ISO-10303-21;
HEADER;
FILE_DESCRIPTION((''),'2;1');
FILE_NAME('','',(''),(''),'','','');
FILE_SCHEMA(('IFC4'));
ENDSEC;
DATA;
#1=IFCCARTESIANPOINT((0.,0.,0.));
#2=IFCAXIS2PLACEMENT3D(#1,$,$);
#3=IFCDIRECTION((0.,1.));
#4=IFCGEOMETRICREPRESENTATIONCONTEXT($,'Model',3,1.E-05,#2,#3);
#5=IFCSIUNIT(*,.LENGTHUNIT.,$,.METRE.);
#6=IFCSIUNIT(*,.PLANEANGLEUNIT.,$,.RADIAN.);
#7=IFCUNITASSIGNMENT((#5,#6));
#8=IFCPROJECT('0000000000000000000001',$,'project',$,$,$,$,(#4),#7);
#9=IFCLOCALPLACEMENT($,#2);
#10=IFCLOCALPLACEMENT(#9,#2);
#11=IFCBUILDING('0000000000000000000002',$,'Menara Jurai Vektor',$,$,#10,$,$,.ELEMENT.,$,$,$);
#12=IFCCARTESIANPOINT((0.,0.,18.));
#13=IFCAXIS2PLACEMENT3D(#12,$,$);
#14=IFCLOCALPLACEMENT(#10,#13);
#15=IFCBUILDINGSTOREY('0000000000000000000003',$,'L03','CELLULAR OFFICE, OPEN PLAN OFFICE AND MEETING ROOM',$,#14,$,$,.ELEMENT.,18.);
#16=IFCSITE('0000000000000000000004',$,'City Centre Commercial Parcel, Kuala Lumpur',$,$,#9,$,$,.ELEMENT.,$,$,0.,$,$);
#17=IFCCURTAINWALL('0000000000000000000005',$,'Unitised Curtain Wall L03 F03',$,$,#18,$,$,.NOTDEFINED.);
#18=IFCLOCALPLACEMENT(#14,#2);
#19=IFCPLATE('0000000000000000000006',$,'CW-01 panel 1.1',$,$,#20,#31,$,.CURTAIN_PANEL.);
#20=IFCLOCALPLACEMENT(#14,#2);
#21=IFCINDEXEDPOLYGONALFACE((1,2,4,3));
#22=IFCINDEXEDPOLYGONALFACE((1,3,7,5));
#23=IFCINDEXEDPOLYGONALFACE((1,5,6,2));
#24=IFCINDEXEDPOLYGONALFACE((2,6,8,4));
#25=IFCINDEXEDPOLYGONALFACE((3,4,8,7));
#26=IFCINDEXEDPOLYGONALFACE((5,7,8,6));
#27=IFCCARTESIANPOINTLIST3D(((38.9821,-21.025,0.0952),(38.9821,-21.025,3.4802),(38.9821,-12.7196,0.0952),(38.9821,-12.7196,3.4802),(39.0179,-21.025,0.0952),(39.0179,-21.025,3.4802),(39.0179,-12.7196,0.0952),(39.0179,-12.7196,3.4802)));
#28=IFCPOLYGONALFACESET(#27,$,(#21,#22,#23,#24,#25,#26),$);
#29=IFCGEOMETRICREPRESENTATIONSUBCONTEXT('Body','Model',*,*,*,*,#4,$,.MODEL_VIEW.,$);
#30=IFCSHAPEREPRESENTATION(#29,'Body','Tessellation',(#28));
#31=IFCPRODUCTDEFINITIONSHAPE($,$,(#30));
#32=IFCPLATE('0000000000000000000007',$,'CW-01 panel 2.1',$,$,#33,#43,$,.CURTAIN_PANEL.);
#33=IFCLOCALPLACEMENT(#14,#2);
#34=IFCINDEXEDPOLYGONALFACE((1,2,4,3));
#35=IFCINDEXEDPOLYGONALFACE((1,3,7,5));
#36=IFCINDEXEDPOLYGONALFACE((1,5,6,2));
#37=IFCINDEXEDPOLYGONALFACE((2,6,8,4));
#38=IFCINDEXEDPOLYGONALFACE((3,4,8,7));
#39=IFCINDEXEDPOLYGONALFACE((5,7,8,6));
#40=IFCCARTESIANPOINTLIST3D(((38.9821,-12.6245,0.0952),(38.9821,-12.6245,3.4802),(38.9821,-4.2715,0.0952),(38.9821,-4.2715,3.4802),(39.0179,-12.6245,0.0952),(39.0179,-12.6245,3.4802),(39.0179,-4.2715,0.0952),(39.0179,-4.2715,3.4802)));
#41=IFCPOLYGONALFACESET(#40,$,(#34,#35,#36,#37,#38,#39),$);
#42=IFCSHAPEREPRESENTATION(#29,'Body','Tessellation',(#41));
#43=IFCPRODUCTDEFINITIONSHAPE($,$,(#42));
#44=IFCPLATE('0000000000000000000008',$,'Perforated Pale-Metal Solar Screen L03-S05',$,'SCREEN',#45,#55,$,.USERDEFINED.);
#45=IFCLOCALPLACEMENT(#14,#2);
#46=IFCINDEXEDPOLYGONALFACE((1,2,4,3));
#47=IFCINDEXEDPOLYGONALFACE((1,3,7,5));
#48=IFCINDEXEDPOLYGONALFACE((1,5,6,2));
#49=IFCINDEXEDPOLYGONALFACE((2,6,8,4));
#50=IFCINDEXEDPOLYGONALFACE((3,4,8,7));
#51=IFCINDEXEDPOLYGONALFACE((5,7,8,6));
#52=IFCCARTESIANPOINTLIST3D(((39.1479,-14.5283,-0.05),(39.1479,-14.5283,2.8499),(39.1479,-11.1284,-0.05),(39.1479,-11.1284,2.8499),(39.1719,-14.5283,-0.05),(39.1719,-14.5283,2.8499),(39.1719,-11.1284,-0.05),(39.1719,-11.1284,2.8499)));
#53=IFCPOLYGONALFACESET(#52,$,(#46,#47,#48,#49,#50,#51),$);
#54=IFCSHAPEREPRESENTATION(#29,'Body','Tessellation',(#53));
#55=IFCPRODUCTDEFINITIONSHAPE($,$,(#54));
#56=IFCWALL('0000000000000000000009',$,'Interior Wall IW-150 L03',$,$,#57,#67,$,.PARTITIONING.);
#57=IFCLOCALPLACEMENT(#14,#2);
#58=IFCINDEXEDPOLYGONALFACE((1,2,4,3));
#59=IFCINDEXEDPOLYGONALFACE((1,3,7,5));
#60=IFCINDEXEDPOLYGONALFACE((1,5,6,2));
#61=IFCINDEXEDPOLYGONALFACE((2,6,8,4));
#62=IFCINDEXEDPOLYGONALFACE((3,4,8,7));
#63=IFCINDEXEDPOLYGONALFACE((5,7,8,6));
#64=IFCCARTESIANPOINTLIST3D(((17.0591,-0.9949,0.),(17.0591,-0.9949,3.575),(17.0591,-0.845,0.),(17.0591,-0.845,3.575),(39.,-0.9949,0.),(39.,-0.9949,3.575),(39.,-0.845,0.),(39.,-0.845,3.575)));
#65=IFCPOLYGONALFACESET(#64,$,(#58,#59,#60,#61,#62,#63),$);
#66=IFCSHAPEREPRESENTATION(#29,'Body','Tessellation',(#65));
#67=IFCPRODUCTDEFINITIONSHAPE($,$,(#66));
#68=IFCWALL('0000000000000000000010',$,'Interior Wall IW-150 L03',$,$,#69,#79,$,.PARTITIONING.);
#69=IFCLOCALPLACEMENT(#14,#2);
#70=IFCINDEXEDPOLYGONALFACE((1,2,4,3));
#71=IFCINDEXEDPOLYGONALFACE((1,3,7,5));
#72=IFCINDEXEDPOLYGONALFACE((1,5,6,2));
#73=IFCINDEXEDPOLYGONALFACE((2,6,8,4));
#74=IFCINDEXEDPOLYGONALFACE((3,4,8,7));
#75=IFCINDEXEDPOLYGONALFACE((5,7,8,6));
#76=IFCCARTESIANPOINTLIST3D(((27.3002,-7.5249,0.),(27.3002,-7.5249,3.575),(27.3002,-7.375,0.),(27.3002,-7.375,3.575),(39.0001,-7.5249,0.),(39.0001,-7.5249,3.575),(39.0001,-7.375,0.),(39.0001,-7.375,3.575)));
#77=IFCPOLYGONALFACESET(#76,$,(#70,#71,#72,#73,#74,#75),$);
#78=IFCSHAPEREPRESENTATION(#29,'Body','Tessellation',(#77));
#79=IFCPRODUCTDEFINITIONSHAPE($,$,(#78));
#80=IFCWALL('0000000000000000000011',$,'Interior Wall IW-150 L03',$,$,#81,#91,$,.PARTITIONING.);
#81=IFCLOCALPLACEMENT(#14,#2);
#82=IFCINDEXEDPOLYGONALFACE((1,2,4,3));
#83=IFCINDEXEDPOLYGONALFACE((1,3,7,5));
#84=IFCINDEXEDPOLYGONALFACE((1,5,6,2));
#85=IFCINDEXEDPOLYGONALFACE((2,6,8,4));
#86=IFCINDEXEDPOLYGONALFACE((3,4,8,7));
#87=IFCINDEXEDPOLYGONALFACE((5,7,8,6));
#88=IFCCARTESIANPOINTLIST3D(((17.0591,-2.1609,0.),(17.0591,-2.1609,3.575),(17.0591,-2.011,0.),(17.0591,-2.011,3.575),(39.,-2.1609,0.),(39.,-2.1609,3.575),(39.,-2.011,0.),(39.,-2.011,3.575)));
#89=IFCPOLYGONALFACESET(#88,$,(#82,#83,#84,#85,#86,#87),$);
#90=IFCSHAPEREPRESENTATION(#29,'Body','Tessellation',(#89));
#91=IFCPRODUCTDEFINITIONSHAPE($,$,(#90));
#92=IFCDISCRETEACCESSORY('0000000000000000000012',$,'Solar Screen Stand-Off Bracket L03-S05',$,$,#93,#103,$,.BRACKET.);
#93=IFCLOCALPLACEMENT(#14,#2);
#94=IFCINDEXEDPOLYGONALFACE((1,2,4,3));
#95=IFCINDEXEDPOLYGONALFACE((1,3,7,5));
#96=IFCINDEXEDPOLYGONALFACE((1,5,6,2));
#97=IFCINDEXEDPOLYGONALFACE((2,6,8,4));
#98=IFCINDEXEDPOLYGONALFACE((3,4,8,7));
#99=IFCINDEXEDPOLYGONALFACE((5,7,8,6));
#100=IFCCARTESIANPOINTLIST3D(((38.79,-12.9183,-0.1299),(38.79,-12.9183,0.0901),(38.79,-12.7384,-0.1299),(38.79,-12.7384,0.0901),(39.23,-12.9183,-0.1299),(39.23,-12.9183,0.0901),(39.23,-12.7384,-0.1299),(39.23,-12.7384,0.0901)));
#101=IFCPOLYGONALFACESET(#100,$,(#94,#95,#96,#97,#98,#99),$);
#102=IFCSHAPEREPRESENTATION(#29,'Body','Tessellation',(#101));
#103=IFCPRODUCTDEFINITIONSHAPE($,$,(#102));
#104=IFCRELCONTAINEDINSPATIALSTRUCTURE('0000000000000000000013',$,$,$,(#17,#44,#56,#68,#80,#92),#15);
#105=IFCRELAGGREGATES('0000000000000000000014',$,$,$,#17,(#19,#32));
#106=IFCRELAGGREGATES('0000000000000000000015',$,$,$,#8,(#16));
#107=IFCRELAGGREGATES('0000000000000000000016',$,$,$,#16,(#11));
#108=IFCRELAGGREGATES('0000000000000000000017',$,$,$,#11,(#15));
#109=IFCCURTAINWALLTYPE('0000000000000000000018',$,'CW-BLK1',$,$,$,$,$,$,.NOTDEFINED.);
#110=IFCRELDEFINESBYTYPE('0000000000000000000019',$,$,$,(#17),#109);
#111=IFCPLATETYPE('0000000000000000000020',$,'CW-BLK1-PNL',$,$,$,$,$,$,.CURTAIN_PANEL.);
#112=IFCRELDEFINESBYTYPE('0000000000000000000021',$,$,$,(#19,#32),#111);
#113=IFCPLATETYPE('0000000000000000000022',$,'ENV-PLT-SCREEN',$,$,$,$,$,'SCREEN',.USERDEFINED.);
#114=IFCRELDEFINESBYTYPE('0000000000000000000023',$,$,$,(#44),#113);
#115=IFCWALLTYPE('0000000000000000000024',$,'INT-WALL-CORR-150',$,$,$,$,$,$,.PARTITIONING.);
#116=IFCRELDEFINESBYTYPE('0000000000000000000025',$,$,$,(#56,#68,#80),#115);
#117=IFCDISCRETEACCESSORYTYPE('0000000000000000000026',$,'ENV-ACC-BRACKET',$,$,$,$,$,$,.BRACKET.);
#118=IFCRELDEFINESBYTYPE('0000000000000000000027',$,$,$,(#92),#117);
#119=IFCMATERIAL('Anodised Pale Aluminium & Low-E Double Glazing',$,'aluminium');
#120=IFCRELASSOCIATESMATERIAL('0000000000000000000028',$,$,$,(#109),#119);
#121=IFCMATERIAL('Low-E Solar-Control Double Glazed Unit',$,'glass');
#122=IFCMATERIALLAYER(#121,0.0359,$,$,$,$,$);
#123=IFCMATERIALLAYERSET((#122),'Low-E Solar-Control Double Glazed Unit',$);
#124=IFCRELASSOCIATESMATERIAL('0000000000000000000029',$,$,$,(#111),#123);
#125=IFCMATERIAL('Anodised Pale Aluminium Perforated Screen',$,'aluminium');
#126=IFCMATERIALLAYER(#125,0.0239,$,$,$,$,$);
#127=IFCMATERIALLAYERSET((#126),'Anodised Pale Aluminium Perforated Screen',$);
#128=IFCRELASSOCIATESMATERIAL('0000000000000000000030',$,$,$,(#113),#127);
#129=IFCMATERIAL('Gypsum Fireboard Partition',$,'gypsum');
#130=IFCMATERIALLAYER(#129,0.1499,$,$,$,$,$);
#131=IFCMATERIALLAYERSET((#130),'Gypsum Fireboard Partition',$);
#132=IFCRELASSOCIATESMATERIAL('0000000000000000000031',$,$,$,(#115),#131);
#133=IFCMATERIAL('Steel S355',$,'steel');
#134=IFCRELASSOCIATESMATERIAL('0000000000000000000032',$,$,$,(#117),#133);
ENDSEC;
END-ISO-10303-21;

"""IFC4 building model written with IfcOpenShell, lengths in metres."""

from ifc_helpers import new_model, si_unit, direction, frame, frame_2d, origin, origin_2d, place, context, subcontext, project, spatial, rectangle, extrude, material, layer, layer_set, type_object, element, aggregate, save


model = new_model("IFC4")

# Units and contexts
model_context = context("Model", 3, precision=1e-05, world=origin(), true_north=direction((0.0, 1.0)))
body_context = subcontext(model_context, "Body", "Model", "MODEL_VIEW")
ifc_project = project(units=[si_unit("LENGTHUNIT", "METRE"), si_unit("PLANEANGLEUNIT", "RADIAN")], contexts=[model_context])

# Site, building, storey
site_placement = place(None, origin())
site = spatial("IfcSite", under=ifc_project, at=site_placement, Name="City Centre Commercial Parcel, Kuala Lumpur", CompositionType="ELEMENT", RefElevation=0.0)
building_placement = place(site_placement, origin())
building = spatial("IfcBuilding", under=site, at=building_placement, Name="Menara Jurai Vektor", CompositionType="ELEMENT")
storey_placement = place(building_placement, frame((0.0, 0.0, 18.0)))
storey = spatial("IfcBuildingStorey", under=building, at=storey_placement, Name="L03", Description="CELLULAR OFFICE, OPEN PLAN OFFICE AND MEETING ROOM", CompositionType="ELEMENT", Elevation=18.0)

# Curtain wall
ifc_material_1 = material(Name="Anodised Pale Aluminium & Low-E Double Glazing", Category="aluminium")
curtain_wall_type = type_object("IfcCurtainWallType", Name="CW-BLK1", PredefinedType="NOTDEFINED", material=ifc_material_1)
curtain_wall_placement = place(storey_placement, origin())
curtain_wall = element("IfcCurtainWall", 1, at=curtain_wall_placement, inside=storey, type_object=curtain_wall_type, Name="Unitised Curtain Wall L03 F03", PredefinedType="NOTDEFINED")

# Shared definitions
ifc_material_2 = material(Name="Steel S355", Category="steel")

# Plates
ifc_material_3 = material(Name="Low-E Solar-Control Double Glazed Unit", Category="glass")
ifc_layer_1 = layer(ifc_material_3, 0.0359)
ifc_layer_set_1 = layer_set([ifc_layer_1], Name="Low-E Solar-Control Double Glazed Unit")
plate_type_1 = type_object("IfcPlateType", Name="CW-BLK1-PNL", PredefinedType="CURTAIN_PANEL", material=ifc_layer_set_1)
plate_1_placement = place(storey_placement, frame((39.0, -16.8723, 0.0952), z_axis=(0.0, 0.0, 1.0), x_axis=(0.0, 1.0, 0.0)))
plate_1 = element("IfcPlate", 2, at=plate_1_placement, type_object=plate_type_1, Name="CW-01 panel 1.1", PredefinedType="CURTAIN_PANEL", context=body_context, shape_type="SweptSolid", body=[
    extrude(rectangle(XDim=8.3054, YDim=0.0359, at=origin_2d()), origin(), (0.0, 0.0, 1.0), 3.385),
])
plate_2_placement = place(storey_placement, frame((39.0, -8.448, 0.0952), z_axis=(0.0, 0.0, 1.0), x_axis=(0.0, 1.0, 0.0)))
plate_2 = element("IfcPlate", 3, at=plate_2_placement, type_object=plate_type_1, Name="CW-01 panel 2.1", PredefinedType="CURTAIN_PANEL", context=body_context, shape_type="SweptSolid", body=[
    extrude(rectangle(XDim=8.353, YDim=0.0359, at=origin_2d()), origin(), (0.0, 0.0, 1.0), 3.385),
])
aggregate(curtain_wall, [plate_1, plate_2])
ifc_material_4 = material(Name="Anodised Pale Aluminium Perforated Screen", Category="aluminium")
ifc_layer_2 = layer(ifc_material_4, 0.0239)
ifc_layer_set_2 = layer_set([ifc_layer_2], Name="Anodised Pale Aluminium Perforated Screen")
plate_type_2 = type_object("IfcPlateType", Name="ENV-PLT-SCREEN", ElementType="SCREEN", PredefinedType="USERDEFINED", material=ifc_layer_set_2)
plate_3_placement = place(storey_placement, frame((39.1599, -12.8284, -0.05), z_axis=(0.0, 0.0, 1.0), x_axis=(0.0, 1.0, 0.0)))
element("IfcPlate", 4, at=plate_3_placement, inside=storey, type_object=plate_type_2, Name="Perforated Pale-Metal Solar Screen L03-S05", ObjectType="SCREEN", PredefinedType="USERDEFINED", context=body_context, shape_type="SweptSolid", body=[
    extrude(rectangle(XDim=3.3999, YDim=0.0239, at=origin_2d()), origin(), (0.0, 0.0, 1.0), 2.8999),
])

# Walls
ifc_material_5 = material(Name="Gypsum Fireboard Partition", Category="gypsum")
ifc_layer_3 = layer(ifc_material_5, 0.1499)
ifc_layer_set_3 = layer_set([ifc_layer_3], Name="Gypsum Fireboard Partition")
wall_type = type_object("IfcWallType", Name="INT-WALL-CORR-150", PredefinedType="PARTITIONING", material=ifc_layer_set_3)
wall_1_placement = place(storey_placement, frame((17.0591, -0.9199, 0.0), z_axis=(0.0, 0.0, 1.0), x_axis=(1.0, 0.0, 0.0)))
element("IfcWall", 5, at=wall_1_placement, inside=storey, type_object=wall_type, Name="Interior Wall IW-150 L03", PredefinedType="PARTITIONING", context=body_context, shape_type="SweptSolid", body=[
    extrude(rectangle(XDim=21.9409, YDim=0.1499, at=frame_2d((10.9705, 0.0))), origin(), (0.0, 0.0, 1.0), 3.575),
])
wall_2_placement = place(storey_placement, frame((27.3, -7.45, 0.0), z_axis=(0.0, 0.0, 1.0), x_axis=(1.0, 0.0, 0.0)))
element("IfcWall", 6, at=wall_2_placement, inside=storey, type_object=wall_type, Name="Interior Wall IW-150 L03", PredefinedType="PARTITIONING", context=body_context, shape_type="SweptSolid", body=[
    extrude(rectangle(XDim=11.7, YDim=0.1499, at=frame_2d((5.8501, 0.0))), origin(), (0.0, 0.0, 1.0), 3.575),
])
wall_3_placement = place(storey_placement, frame((17.0591, -2.0859, 0.0), z_axis=(0.0, 0.0, 1.0), x_axis=(1.0, 0.0, 0.0)))
element("IfcWall", 7, at=wall_3_placement, inside=storey, type_object=wall_type, Name="Interior Wall IW-150 L03", PredefinedType="PARTITIONING", context=body_context, shape_type="SweptSolid", body=[
    extrude(rectangle(XDim=21.9409, YDim=0.1499, at=frame_2d((10.9705, 0.0))), origin(), (0.0, 0.0, 1.0), 3.575),
])

# Discrete accessory
discrete_accessory_type = type_object("IfcDiscreteAccessoryType", Name="ENV-ACC-BRACKET", PredefinedType="BRACKET", material=ifc_material_2)
discrete_accessory_placement = place(storey_placement, frame((39.01, -12.8284, -0.1299), z_axis=(0.0, 0.0, 1.0), x_axis=(0.0, 1.0, 0.0)))
element("IfcDiscreteAccessory", 8, at=discrete_accessory_placement, inside=storey, type_object=discrete_accessory_type, Name="Solar Screen Stand-Off Bracket L03-S05", PredefinedType="BRACKET", context=body_context, shape_type="SweptSolid", body=[
    extrude(rectangle(XDim=0.1799, YDim=0.4399, at=origin_2d()), origin(), (0.0, 0.0, 1.0), 0.22),
])

save(model, "model.ifc")
